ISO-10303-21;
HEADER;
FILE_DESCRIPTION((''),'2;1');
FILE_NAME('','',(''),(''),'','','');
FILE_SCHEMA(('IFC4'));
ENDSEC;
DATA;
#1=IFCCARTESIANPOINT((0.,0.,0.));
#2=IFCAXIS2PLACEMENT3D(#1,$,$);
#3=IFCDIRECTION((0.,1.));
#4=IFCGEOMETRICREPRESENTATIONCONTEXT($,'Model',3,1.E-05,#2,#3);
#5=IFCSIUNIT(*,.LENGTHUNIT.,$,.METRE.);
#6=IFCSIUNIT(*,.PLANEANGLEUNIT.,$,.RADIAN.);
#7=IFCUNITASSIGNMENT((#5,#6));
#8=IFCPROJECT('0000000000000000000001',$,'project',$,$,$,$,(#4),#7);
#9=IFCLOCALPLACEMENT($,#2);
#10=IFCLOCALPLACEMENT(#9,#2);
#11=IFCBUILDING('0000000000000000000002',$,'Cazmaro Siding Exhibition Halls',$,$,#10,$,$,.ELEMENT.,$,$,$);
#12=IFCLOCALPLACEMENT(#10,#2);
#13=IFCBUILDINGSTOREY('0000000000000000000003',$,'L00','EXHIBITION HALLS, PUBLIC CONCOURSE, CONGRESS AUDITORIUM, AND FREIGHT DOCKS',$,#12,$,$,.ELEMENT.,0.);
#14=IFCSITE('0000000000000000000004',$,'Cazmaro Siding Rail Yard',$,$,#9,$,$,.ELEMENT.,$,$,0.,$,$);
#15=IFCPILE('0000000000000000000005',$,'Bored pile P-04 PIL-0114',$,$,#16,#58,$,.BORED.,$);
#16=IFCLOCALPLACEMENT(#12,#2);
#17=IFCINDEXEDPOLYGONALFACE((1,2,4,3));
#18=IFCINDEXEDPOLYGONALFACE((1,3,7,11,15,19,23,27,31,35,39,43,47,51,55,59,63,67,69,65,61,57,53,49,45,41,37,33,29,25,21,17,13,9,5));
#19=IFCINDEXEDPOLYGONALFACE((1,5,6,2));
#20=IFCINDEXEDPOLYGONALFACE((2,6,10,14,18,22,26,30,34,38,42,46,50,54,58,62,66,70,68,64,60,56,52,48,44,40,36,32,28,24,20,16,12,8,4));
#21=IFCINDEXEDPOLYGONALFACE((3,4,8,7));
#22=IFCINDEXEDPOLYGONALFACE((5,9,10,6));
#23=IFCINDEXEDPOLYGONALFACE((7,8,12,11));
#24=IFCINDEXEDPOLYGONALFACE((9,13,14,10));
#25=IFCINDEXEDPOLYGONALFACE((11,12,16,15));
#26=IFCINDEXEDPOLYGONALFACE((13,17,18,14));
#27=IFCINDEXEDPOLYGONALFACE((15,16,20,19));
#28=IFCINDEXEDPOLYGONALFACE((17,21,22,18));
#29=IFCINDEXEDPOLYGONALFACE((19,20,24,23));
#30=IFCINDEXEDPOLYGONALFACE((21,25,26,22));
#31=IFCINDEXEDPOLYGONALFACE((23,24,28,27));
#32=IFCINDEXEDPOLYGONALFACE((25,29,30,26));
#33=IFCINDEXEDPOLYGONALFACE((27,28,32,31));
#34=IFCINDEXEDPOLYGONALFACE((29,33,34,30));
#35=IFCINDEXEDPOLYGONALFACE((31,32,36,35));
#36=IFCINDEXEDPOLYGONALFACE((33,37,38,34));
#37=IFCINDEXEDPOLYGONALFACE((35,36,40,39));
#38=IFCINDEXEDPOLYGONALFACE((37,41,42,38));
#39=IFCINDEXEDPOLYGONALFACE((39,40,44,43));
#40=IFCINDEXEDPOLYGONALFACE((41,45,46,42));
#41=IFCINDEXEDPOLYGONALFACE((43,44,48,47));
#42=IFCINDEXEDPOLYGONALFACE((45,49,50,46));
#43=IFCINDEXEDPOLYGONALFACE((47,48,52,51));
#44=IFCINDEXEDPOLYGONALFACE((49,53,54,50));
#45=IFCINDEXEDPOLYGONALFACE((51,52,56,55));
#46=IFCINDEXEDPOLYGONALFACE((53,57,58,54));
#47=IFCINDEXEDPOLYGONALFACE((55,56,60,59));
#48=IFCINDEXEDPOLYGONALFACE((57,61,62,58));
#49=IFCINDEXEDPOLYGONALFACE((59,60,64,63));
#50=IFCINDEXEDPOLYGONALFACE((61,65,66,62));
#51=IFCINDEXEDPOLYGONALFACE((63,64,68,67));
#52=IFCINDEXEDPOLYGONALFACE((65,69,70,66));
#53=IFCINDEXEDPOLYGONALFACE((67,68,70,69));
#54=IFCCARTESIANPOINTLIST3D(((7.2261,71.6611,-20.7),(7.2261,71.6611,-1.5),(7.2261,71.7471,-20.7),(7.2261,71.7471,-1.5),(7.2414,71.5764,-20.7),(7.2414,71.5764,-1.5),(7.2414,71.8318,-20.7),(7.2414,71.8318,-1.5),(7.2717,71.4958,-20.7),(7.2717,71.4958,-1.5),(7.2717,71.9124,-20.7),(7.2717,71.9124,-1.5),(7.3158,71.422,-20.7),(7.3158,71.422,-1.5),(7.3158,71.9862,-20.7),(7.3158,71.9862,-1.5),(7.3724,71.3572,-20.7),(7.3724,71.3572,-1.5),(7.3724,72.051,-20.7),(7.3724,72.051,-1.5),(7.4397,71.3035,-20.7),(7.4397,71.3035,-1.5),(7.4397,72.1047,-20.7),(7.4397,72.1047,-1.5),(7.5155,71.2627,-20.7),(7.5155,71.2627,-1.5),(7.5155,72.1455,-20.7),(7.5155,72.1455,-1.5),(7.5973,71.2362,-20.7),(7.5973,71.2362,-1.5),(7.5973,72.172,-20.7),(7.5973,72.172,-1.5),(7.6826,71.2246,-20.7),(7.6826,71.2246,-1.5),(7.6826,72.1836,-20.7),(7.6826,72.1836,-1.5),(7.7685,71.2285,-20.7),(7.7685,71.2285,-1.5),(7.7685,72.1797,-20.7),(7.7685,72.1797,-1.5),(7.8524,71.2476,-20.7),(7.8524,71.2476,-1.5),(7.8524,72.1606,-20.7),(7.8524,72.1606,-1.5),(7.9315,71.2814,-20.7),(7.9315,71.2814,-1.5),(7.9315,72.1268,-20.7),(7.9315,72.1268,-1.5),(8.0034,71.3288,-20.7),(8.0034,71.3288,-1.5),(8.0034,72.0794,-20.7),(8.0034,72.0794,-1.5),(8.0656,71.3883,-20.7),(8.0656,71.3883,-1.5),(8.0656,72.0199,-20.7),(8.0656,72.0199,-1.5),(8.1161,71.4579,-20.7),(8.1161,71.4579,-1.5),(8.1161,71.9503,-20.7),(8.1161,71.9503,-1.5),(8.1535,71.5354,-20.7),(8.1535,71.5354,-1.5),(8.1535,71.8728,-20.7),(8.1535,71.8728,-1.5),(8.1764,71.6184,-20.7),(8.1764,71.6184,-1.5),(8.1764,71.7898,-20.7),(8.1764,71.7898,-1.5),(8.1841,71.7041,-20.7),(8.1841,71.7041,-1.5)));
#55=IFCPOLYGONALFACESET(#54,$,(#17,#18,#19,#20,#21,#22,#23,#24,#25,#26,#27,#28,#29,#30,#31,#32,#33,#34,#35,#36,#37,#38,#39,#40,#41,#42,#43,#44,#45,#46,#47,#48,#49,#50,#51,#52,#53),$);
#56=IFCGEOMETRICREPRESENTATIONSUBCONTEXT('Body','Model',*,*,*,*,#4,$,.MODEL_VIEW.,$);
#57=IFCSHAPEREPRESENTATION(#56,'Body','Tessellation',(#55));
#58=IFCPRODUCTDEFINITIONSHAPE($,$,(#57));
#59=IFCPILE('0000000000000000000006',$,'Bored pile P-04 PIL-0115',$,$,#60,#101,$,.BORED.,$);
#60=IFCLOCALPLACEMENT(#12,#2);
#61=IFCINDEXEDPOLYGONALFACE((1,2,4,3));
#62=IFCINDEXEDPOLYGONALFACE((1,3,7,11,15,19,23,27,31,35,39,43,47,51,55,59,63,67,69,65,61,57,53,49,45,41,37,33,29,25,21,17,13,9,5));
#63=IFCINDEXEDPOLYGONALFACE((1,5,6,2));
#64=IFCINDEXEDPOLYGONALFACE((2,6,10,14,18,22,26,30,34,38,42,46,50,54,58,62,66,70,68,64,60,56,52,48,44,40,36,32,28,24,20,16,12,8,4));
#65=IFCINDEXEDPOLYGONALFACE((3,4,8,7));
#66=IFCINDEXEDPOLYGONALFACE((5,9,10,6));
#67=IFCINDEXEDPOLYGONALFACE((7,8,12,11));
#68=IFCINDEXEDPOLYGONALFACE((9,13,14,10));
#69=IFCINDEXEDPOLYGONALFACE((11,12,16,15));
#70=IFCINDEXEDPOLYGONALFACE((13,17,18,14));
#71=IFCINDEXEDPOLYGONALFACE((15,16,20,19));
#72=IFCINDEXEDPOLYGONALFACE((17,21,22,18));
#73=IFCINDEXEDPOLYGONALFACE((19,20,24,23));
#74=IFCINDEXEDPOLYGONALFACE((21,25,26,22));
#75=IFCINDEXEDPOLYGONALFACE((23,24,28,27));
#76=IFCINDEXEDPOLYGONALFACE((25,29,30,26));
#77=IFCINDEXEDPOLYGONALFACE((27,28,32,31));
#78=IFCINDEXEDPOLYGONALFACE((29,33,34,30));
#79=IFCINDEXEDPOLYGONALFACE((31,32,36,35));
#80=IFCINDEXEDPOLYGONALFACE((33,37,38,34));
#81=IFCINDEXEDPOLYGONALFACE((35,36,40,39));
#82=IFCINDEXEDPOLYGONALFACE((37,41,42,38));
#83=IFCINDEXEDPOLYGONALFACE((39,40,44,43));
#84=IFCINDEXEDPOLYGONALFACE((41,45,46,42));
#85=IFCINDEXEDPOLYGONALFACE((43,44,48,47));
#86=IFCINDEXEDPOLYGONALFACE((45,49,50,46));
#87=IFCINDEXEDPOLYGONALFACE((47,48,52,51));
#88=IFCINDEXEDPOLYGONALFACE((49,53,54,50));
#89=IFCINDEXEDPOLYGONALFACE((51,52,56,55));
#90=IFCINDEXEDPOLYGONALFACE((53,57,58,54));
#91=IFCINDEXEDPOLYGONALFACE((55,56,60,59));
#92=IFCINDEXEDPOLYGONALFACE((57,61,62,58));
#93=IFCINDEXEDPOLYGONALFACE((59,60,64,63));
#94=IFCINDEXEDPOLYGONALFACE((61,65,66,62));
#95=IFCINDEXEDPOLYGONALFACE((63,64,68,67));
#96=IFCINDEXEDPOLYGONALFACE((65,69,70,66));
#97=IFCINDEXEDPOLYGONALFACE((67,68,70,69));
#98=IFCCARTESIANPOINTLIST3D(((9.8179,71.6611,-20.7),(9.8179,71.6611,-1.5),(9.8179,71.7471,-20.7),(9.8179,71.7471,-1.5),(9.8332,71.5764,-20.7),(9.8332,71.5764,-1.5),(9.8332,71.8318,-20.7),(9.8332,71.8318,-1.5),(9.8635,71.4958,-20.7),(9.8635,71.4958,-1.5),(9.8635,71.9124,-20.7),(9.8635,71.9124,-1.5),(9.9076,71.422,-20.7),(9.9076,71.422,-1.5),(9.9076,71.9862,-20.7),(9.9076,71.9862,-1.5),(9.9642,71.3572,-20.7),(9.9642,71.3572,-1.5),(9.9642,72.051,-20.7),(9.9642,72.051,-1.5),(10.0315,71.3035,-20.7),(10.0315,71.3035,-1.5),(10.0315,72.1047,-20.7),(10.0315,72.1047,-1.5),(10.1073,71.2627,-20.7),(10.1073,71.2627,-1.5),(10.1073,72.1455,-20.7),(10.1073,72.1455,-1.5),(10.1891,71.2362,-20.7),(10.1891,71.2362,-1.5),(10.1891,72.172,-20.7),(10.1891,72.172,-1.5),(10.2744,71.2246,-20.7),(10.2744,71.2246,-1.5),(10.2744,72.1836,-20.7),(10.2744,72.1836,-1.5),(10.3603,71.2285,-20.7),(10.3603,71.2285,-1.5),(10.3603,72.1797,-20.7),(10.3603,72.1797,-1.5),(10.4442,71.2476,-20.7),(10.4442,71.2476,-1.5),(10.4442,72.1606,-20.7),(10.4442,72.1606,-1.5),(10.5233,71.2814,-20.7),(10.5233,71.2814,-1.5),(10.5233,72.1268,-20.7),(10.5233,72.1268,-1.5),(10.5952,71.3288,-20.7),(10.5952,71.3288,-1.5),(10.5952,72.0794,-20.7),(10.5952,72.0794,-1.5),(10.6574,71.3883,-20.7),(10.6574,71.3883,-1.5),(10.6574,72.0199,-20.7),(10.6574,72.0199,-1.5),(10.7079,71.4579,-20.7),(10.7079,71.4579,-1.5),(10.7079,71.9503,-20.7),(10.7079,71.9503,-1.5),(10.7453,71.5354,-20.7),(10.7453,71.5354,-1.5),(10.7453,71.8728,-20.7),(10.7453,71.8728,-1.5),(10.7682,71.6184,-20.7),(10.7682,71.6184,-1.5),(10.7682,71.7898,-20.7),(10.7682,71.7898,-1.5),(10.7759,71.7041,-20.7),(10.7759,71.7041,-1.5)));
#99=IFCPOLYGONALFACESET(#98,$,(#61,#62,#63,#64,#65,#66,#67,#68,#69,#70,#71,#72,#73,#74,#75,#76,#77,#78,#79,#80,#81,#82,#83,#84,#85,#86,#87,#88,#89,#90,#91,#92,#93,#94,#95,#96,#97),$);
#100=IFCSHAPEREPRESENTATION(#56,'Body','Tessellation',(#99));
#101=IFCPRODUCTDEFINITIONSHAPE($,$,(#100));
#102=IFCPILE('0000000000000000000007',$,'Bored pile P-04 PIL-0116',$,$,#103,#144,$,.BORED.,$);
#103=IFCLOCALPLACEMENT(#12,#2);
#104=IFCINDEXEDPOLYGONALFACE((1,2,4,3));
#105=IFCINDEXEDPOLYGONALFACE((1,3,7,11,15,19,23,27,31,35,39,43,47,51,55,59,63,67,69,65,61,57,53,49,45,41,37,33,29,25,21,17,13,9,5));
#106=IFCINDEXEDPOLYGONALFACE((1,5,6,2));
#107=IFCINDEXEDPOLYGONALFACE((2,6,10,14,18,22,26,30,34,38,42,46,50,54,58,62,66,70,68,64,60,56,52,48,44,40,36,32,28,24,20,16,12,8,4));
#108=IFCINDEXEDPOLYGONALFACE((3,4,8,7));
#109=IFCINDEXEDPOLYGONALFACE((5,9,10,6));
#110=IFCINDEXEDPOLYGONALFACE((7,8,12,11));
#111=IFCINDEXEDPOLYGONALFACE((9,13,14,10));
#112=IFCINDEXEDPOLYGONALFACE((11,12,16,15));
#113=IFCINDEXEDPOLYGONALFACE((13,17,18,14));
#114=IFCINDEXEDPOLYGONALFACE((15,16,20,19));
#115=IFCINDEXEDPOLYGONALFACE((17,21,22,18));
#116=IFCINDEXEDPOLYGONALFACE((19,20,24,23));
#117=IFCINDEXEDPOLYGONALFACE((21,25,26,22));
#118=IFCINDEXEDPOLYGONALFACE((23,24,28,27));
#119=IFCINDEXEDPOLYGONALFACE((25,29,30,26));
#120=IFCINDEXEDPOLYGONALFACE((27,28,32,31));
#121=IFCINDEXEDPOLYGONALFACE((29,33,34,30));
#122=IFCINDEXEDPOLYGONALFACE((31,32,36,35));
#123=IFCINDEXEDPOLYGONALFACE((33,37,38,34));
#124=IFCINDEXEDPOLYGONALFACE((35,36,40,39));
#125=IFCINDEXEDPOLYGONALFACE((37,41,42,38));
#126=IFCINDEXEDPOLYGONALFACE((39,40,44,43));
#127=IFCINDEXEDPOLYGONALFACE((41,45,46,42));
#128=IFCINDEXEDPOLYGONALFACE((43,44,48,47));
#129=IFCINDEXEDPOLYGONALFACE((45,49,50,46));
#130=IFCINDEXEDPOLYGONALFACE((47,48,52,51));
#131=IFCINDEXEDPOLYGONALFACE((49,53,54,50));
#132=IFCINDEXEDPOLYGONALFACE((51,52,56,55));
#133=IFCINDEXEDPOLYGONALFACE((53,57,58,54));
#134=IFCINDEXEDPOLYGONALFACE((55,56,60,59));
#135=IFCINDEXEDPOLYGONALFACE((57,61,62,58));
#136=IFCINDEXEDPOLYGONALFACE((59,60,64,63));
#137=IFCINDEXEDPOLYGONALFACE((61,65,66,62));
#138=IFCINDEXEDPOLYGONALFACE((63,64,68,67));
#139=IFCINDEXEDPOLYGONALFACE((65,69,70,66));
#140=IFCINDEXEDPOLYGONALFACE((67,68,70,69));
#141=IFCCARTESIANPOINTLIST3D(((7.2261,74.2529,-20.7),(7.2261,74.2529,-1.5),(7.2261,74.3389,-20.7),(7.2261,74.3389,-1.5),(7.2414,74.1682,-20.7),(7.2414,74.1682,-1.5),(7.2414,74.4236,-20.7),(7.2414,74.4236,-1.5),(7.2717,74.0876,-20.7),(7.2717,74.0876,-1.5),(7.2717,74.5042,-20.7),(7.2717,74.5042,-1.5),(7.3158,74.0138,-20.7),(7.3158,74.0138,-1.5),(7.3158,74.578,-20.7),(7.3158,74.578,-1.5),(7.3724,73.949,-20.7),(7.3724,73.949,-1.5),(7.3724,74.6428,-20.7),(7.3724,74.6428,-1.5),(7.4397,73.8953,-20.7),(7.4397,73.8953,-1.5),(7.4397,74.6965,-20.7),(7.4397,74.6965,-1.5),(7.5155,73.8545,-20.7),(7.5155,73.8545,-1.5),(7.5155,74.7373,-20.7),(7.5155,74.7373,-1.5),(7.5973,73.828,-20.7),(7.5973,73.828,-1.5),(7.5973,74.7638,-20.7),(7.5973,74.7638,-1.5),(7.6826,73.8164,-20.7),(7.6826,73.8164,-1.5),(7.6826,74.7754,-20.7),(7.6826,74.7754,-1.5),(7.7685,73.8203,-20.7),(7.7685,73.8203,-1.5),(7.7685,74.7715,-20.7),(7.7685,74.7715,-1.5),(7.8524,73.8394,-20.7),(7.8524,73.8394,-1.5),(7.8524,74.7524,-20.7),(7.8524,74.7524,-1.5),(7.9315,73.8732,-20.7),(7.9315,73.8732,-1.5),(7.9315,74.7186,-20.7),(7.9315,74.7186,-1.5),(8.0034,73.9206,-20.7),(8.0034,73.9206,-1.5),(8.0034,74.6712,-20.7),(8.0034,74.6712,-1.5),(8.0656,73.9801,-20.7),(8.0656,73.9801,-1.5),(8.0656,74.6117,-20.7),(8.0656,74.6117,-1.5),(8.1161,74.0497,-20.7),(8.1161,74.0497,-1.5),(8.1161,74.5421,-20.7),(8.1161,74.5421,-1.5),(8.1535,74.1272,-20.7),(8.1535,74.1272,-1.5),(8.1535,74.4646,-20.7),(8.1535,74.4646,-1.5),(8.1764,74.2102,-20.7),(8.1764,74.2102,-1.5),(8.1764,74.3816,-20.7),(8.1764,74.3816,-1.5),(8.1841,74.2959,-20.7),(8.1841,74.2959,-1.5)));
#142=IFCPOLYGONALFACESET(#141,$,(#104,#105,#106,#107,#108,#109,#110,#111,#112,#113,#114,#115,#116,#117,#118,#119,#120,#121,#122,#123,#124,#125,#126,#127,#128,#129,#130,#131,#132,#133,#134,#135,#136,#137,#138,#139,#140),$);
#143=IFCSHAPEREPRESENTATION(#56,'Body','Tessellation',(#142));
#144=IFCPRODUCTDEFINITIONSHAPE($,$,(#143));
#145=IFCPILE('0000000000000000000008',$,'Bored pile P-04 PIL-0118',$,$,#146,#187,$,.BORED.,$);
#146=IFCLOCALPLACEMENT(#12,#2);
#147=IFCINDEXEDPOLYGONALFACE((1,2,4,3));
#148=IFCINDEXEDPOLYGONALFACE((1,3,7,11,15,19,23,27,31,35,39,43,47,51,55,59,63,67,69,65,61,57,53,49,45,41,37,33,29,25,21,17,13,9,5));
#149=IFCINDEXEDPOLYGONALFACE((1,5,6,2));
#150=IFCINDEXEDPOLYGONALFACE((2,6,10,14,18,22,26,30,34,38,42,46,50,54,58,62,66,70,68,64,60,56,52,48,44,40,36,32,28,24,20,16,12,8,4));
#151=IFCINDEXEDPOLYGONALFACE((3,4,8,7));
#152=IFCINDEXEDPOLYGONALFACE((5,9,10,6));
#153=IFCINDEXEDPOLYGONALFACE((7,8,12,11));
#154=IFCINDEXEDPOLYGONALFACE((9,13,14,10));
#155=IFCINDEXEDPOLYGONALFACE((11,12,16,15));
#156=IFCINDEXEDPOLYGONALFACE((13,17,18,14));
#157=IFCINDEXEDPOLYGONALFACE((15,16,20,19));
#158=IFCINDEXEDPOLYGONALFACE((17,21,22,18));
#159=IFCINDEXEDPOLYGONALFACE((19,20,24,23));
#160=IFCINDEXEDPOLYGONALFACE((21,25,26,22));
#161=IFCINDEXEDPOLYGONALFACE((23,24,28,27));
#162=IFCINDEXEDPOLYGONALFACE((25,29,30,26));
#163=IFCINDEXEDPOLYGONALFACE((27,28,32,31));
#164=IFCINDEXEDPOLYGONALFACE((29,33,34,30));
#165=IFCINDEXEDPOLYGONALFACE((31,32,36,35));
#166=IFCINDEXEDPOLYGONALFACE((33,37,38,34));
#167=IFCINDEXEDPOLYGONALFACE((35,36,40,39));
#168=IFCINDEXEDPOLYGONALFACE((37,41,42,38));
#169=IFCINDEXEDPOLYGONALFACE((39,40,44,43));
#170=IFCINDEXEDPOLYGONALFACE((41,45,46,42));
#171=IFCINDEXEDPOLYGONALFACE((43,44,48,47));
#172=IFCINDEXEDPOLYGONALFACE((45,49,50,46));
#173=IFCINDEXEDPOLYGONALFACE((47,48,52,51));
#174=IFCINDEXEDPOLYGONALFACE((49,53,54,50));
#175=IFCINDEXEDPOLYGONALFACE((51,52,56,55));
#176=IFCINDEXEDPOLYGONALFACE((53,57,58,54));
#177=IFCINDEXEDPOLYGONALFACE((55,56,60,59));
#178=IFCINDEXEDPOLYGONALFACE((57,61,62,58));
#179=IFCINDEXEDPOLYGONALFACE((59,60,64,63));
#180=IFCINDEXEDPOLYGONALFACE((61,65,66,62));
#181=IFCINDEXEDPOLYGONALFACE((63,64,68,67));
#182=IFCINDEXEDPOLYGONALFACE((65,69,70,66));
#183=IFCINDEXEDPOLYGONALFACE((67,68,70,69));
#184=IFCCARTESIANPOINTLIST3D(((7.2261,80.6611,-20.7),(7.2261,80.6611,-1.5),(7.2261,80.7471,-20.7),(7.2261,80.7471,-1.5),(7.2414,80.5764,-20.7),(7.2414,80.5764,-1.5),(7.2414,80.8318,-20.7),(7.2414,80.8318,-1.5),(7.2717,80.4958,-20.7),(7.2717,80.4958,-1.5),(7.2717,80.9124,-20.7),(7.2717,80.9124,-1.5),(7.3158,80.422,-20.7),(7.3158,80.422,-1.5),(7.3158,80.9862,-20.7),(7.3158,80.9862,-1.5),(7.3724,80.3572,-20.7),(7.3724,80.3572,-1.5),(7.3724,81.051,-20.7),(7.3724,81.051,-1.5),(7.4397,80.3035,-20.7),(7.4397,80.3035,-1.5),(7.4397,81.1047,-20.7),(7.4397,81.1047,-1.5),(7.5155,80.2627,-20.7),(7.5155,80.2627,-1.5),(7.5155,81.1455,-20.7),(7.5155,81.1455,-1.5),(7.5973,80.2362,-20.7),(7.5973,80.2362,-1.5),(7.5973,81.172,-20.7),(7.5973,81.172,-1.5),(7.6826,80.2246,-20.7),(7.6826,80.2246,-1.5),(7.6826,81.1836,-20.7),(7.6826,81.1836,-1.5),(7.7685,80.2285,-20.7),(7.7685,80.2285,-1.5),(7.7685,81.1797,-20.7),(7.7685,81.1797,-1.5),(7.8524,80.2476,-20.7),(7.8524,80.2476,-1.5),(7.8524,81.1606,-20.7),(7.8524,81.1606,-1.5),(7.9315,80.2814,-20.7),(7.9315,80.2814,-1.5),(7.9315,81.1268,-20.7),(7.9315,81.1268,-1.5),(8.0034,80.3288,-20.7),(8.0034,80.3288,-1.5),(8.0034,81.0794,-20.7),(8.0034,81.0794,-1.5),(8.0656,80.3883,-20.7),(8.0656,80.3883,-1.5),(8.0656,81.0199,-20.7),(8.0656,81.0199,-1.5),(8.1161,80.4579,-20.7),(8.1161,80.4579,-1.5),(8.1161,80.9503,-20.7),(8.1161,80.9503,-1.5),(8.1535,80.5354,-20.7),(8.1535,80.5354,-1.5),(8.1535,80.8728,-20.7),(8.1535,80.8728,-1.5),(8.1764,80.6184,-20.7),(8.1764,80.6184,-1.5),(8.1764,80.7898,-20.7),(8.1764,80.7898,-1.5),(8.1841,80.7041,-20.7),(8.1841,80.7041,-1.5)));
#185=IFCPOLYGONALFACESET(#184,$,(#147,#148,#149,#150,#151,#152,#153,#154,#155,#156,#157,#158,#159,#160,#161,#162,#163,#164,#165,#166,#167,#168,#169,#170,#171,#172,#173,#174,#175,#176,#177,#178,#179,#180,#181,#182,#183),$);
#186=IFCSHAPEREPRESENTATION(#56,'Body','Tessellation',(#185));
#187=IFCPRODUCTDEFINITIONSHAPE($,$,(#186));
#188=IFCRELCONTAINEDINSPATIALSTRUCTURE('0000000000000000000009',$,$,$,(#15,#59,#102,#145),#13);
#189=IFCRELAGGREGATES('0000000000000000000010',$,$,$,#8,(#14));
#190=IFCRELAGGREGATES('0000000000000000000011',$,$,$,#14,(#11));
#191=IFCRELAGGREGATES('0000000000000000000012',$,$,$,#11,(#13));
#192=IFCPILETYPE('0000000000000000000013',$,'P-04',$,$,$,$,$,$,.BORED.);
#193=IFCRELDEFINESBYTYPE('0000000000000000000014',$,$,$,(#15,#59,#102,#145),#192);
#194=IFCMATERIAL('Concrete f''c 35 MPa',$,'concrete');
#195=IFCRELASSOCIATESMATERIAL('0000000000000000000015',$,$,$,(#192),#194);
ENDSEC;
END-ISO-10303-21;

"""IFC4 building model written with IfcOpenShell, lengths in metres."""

from ifc_helpers import new_model, si_unit, direction, frame, origin, origin_2d, place, context, subcontext, project, spatial, circle, extrude, material, material_profile, profile_set, type_object, element, save


model = new_model("IFC4")

# Units and contexts
model_context = context("Model", 3, precision=1e-05, world=origin(), true_north=direction((0.0, 1.0)))
body_context = subcontext(model_context, "Body", "Model", "MODEL_VIEW")
ifc_project = project(units=[si_unit("LENGTHUNIT", "METRE"), si_unit("PLANEANGLEUNIT", "RADIAN")], contexts=[model_context])

# Site, building, storey
site_placement = place(None, origin())
site = spatial("IfcSite", under=ifc_project, at=site_placement, Name="Cazmaro Siding Rail Yard", CompositionType="ELEMENT", RefElevation=0.0)
building_placement = place(site_placement, origin())
building = spatial("IfcBuilding", under=site, at=building_placement, Name="Cazmaro Siding Exhibition Halls", CompositionType="ELEMENT")
storey_placement = place(building_placement, origin())
storey = spatial("IfcBuildingStorey", under=building, at=storey_placement, Name="L00", Description="EXHIBITION HALLS, PUBLIC CONCOURSE, CONGRESS AUDITORIUM, AND FREIGHT DOCKS", CompositionType="ELEMENT", Elevation=0.0)

# Piles
ifc_material_1 = material(Name="Concrete f'c 35 MPa", Category="concrete")
ifc_material_profile_1 = material_profile(ifc_material_1, circle(Radius=0.48, at=origin_2d()), Name="CIDH-960")
ifc_profile_set_1 = profile_set([ifc_material_profile_1], Name="Concrete f'c 35 MPa")
pile_type = type_object("IfcPileType", Name="P-04", PredefinedType="BORED", material=ifc_profile_set_1)
for number, where, z_axis, x_axis, name in (
    (1, (7.7041, 71.7041, -1.5), (0.0, 0.0, -1.0), (1.0, 0.0, 0.0), "Bored pile P-04 PIL-0114"),
    (2, (10.2959, 71.7041, -1.5), (0.0, 0.0, -1.0), (1.0, 0.0, 0.0), "Bored pile P-04 PIL-0115"),
    (3, (7.7041, 74.2959, -1.5), (0.0, 0.0, -1.0), (1.0, 0.0, 0.0), "Bored pile P-04 PIL-0116"),
    (4, (7.7041, 80.7041, -1.5), (0.0, 0.0, -1.0), (1.0, 0.0, 0.0), "Bored pile P-04 PIL-0118"),
):
    element("IfcPile", number, at=place(storey_placement, frame(where, z_axis=z_axis, x_axis=x_axis)), inside=storey, type_object=pile_type, Name=name, PredefinedType="BORED", context=body_context, shape_type="SweptSolid", body=[
        extrude(circle(Radius=0.48, at=origin_2d()), origin(), (0.0, 0.0, 1.0), 19.2),
    ])

save(model, "model.ifc")
